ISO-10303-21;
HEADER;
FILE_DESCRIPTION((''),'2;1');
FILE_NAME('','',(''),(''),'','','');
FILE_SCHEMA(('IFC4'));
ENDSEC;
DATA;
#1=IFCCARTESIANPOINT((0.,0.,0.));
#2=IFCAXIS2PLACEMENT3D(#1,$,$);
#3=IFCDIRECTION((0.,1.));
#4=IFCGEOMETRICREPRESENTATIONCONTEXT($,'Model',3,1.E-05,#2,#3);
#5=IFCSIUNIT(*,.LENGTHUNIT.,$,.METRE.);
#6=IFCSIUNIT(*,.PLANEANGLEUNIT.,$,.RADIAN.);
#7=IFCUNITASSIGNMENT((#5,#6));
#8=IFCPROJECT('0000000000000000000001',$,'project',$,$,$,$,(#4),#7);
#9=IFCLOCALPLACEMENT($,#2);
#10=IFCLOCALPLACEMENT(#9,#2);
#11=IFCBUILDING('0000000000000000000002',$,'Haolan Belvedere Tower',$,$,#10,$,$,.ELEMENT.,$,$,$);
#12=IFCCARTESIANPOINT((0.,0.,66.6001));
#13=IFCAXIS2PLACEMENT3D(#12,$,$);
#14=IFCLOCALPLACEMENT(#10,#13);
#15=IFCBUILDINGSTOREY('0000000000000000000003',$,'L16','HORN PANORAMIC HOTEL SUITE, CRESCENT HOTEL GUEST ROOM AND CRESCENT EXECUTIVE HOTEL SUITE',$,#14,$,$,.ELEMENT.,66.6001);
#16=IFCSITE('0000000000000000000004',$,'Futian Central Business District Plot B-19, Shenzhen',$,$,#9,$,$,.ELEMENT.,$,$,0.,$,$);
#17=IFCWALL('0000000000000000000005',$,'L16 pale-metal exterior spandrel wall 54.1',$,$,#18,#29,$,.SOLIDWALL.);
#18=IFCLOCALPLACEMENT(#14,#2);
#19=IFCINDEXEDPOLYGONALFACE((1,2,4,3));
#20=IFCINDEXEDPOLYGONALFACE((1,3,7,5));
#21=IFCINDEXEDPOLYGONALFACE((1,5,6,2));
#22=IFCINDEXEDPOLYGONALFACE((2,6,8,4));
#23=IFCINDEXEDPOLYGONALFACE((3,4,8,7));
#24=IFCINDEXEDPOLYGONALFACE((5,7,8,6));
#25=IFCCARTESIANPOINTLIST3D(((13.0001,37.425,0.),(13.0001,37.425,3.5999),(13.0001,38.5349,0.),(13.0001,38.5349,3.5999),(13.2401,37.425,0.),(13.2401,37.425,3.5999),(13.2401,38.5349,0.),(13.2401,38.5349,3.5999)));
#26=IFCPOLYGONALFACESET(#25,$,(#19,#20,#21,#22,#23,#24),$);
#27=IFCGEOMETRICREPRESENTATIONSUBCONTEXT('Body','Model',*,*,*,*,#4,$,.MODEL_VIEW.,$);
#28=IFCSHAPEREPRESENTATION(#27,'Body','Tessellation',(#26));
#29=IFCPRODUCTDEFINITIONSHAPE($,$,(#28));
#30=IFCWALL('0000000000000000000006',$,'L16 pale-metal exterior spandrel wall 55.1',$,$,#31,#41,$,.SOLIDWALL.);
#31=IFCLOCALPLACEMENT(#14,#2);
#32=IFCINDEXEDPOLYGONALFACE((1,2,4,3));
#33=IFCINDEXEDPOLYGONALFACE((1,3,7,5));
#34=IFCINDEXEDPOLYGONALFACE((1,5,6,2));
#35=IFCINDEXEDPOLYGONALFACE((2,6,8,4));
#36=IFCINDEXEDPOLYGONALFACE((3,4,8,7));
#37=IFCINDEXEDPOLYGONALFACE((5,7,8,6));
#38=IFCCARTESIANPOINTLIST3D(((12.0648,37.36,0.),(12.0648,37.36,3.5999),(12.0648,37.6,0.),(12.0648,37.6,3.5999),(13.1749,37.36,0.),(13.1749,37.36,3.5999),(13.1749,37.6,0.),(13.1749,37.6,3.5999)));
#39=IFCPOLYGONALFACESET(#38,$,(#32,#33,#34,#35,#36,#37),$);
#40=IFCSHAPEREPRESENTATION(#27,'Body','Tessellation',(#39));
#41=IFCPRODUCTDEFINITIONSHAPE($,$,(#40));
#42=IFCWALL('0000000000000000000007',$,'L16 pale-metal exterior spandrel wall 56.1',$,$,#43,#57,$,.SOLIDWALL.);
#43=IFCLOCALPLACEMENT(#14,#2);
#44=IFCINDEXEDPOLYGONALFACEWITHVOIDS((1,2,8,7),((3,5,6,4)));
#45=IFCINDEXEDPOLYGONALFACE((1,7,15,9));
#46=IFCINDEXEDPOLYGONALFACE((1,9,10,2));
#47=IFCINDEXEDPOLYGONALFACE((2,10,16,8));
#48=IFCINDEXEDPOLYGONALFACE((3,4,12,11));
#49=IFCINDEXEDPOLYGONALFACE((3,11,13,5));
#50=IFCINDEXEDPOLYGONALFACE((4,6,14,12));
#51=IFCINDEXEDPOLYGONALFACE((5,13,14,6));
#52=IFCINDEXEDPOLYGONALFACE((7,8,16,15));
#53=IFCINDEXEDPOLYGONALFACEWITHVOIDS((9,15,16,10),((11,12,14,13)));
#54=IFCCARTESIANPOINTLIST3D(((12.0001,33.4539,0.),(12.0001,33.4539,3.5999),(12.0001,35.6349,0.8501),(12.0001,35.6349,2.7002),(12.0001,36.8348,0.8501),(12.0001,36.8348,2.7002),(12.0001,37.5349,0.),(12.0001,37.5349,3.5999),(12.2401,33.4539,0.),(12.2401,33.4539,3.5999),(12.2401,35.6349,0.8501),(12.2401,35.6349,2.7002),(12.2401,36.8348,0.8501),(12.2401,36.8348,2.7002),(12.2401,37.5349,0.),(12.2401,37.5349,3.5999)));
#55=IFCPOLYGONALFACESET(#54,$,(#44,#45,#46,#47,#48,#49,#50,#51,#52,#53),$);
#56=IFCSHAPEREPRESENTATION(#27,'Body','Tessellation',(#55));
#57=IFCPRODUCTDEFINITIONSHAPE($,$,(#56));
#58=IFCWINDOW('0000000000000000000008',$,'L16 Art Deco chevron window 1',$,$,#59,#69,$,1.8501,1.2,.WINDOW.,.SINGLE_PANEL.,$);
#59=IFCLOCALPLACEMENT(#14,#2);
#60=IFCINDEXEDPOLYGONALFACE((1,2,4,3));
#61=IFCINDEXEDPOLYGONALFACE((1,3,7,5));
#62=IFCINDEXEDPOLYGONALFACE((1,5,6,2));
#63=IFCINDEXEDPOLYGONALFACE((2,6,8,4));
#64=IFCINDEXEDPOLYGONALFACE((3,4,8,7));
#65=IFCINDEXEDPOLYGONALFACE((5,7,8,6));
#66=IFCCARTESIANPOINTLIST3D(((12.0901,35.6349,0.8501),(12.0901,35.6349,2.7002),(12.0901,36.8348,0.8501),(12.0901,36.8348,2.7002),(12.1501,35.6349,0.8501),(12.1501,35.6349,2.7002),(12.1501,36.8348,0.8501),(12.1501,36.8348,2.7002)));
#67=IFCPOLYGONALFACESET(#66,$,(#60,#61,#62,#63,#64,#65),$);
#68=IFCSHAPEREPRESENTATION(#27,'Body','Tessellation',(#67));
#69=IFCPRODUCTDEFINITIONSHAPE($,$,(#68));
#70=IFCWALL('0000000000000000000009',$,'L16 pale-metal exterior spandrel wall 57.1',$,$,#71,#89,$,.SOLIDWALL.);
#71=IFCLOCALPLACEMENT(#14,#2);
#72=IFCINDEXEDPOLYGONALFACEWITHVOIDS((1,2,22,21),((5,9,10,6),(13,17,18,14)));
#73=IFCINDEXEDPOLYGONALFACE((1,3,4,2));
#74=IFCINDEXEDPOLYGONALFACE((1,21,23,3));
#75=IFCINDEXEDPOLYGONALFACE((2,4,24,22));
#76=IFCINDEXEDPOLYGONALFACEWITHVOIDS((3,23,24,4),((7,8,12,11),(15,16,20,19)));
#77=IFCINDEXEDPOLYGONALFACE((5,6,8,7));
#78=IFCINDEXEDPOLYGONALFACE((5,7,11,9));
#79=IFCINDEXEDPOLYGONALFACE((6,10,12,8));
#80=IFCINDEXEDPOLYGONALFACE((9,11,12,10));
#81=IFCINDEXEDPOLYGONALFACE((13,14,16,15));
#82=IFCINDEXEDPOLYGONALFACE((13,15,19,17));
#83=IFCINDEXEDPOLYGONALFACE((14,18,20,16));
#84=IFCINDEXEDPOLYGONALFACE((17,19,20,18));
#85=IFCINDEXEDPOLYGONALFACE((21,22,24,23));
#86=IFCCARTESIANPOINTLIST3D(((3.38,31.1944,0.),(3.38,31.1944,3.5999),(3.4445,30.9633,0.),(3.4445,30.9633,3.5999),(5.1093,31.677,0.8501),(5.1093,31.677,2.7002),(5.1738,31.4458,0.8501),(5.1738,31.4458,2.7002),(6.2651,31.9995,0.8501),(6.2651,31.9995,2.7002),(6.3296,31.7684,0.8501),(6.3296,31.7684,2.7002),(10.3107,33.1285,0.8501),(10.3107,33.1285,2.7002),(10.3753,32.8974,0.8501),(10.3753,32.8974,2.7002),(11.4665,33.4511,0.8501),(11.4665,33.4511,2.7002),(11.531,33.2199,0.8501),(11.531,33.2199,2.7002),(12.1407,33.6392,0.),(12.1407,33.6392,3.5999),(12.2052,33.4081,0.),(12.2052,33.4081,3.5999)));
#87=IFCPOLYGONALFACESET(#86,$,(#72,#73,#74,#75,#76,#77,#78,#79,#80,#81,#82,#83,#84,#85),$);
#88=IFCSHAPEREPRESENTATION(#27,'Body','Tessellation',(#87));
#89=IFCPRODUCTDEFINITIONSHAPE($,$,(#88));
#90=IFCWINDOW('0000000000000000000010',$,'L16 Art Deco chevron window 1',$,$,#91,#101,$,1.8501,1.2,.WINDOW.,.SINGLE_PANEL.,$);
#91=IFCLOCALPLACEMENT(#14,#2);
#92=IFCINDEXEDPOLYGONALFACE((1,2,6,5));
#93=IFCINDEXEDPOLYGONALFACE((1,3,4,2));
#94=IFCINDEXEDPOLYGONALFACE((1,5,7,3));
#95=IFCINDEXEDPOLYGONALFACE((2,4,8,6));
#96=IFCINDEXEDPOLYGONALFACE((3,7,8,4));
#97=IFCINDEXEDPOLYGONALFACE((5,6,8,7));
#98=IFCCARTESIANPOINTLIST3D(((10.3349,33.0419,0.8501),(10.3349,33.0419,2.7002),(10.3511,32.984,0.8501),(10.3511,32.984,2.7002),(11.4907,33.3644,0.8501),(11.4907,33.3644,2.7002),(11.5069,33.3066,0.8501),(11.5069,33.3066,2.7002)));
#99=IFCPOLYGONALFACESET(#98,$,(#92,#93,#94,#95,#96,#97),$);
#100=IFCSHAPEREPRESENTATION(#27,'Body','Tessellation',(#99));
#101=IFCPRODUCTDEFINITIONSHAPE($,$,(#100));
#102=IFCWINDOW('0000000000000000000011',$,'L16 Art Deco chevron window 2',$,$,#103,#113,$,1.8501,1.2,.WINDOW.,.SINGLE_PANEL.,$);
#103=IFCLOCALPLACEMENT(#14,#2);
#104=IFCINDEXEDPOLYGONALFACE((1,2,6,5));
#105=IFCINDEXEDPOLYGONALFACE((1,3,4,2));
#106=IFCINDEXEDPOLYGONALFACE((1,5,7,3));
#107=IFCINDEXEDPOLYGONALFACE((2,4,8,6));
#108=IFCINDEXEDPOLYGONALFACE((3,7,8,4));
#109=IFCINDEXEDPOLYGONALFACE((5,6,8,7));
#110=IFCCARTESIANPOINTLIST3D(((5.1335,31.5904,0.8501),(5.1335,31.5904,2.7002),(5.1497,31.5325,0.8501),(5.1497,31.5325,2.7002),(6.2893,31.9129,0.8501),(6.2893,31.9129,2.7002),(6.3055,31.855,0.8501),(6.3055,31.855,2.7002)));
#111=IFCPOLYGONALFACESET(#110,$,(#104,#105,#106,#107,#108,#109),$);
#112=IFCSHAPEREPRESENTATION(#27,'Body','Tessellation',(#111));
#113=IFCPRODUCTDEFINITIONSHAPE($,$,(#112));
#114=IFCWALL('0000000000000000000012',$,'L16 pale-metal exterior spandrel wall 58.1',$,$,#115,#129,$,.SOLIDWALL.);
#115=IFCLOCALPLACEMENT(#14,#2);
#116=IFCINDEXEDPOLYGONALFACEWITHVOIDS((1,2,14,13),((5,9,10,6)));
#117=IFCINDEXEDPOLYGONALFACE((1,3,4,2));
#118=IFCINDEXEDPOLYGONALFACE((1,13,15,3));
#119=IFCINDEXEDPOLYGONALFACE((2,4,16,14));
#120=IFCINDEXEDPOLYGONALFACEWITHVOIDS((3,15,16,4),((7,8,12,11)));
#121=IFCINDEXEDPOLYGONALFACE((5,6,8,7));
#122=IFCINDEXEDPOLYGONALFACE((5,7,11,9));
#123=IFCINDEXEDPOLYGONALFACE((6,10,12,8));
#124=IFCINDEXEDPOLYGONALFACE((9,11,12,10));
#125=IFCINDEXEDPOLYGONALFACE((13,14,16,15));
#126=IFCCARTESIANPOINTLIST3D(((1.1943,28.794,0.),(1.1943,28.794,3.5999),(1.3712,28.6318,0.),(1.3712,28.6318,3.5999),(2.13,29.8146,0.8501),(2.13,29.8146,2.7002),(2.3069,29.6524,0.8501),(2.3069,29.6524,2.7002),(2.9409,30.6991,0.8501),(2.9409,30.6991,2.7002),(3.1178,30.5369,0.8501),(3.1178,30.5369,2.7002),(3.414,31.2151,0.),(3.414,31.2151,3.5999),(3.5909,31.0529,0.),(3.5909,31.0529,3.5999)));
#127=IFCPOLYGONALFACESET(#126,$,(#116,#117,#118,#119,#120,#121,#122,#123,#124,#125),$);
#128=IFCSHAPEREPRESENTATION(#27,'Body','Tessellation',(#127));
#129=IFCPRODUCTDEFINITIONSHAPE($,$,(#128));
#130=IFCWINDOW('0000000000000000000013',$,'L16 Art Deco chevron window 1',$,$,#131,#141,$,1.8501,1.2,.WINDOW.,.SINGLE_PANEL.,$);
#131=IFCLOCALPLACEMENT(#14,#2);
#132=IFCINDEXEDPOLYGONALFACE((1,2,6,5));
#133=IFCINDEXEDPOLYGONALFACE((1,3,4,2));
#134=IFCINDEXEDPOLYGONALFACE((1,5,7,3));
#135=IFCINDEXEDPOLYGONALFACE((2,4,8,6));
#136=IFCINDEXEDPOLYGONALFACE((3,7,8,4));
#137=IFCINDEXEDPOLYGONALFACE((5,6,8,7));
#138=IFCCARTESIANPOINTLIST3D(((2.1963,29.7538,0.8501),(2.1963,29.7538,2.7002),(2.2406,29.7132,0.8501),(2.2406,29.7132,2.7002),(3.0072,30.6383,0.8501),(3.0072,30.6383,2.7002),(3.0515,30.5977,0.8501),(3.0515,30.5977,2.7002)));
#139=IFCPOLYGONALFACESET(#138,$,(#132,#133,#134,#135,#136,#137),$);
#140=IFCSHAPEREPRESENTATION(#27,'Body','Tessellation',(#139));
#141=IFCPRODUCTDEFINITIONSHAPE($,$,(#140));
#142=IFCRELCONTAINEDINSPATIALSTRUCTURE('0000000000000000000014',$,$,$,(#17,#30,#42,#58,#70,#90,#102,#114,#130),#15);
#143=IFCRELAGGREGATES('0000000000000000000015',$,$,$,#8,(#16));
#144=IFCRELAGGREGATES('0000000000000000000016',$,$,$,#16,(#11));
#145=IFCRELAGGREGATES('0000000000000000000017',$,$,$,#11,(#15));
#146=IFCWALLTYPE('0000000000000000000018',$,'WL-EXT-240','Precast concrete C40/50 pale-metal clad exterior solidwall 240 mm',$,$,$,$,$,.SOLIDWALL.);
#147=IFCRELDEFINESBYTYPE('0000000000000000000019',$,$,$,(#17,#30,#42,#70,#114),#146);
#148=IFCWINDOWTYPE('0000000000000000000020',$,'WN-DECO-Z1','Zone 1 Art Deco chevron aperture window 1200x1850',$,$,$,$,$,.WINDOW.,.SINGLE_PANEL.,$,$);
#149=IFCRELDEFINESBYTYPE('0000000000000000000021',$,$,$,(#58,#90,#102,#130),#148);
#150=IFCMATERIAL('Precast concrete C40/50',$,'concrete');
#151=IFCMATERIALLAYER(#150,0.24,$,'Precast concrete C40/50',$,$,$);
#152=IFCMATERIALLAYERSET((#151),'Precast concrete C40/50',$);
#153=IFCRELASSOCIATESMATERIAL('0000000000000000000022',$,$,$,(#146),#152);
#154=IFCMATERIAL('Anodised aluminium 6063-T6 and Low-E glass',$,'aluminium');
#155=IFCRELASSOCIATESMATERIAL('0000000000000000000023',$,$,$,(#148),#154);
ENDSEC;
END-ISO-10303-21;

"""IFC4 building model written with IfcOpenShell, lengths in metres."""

from ifc_helpers import new_model, si_unit, direction, frame, frame_2d, origin, place, context, subcontext, project, spatial, rectangle, extrude, material, layer, layer_set, type_object, element, fill, save


model = new_model("IFC4")

# Units and contexts
model_context = context("Model", 3, precision=1e-05, world=origin(), true_north=direction((0.0, 1.0)))
body_context = subcontext(model_context, "Body", "Model", "MODEL_VIEW")
ifc_project = project(units=[si_unit("LENGTHUNIT", "METRE"), si_unit("PLANEANGLEUNIT", "RADIAN")], contexts=[model_context])

# Site, building, storey
site_placement = place(None, origin())
site = spatial("IfcSite", under=ifc_project, at=site_placement, Name="Futian Central Business District Plot B-19, Shenzhen", CompositionType="ELEMENT", RefElevation=0.0)
building_placement = place(site_placement, origin())
building = spatial("IfcBuilding", under=site, at=building_placement, Name="Haolan Belvedere Tower", CompositionType="ELEMENT")
storey_placement = place(building_placement, frame((0.0, 0.0, 66.6001)))
storey = spatial("IfcBuildingStorey", under=building, at=storey_placement, Name="L16", Description="HORN PANORAMIC HOTEL SUITE, CRESCENT HOTEL GUEST ROOM AND CRESCENT EXECUTIVE HOTEL SUITE", CompositionType="ELEMENT", Elevation=66.6001)

# Walls
ifc_material_1 = material(Name="Precast concrete C40/50", Category="concrete")
ifc_layer_1 = layer(ifc_material_1, 0.24, Name="Precast concrete C40/50")
ifc_layer_set_1 = layer_set([ifc_layer_1], Name="Precast concrete C40/50")
wall_type_1 = type_object("IfcWallType", Name="WL-EXT-240", Description="Precast concrete C40/50 pale-metal clad exterior solidwall 240 mm", PredefinedType="SOLIDWALL", material=ifc_layer_set_1)
wall_1_placement = place(storey_placement, frame((13.1201, 38.5349, 0.0), z_axis=(0.0, 0.0, 1.0), x_axis=(0.0, -1.0, 0.0)))
element("IfcWall", 1, at=wall_1_placement, inside=storey, type_object=wall_type_1, Name="L16 pale-metal exterior spandrel wall 54.1", PredefinedType="SOLIDWALL", context=body_context, shape_type="SweptSolid", body=[
    extrude(rectangle(XDim=1.1099, YDim=0.24, at=frame_2d((0.5549, 0.0))), origin(), (0.0, 0.0, 1.0), 3.5999),
])
wall_2_placement = place(storey_placement, frame((13.175, 37.48, 0.0), z_axis=(0.0, 0.0, 1.0), x_axis=(-1.0, 0.0, 0.0)))
element("IfcWall", 2, at=wall_2_placement, inside=storey, type_object=wall_type_1, Name="L16 pale-metal exterior spandrel wall 55.1", PredefinedType="SOLIDWALL", context=body_context, shape_type="SweptSolid", body=[
    extrude(rectangle(XDim=1.1101, YDim=0.24, at=frame_2d((0.5552, 0.0))), origin(), (0.0, 0.0, 1.0), 3.5999),
])

# Wall, opening, window
wall_3_placement = place(storey_placement, frame((12.1201, 37.5349, 0.0), z_axis=(0.0, 0.0, 1.0), x_axis=(0.0, -1.0, 0.0)))
wall_3 = element("IfcWall", 3, at=wall_3_placement, inside=storey, type_object=wall_type_1, Name="L16 pale-metal exterior spandrel wall 56.1", PredefinedType="SOLIDWALL", context=body_context, shape_type="SweptSolid", body=[
    extrude(rectangle(XDim=4.0811, YDim=0.24, at=frame_2d((2.0405, 0.0))), origin(), (0.0, 0.0, 1.0), 3.5999),
])
opening_1_placement = place(wall_3_placement, frame((0.7, 0.0, 0.8501)))
opening_1 = element("IfcOpeningElement", 4, at=opening_1_placement, cuts=wall_3, PredefinedType="OPENING", context=body_context, shape_type="SweptSolid", body=[
    extrude(rectangle(XDim=1.2, YDim=1.8501, at=frame_2d((0.6001, 0.925))), frame((0.0, 0.1299, 0.0), z_axis=(0.0, -1.0, 0.0), x_axis=(1.0, 0.0, 0.0)), (0.0, 0.0, 1.0), 0.26),
])
ifc_material_2 = material(Name="Anodised aluminium 6063-T6 and Low-E glass", Category="aluminium")
window_type = type_object("IfcWindowType", Name="WN-DECO-Z1", Description="Zone 1 Art Deco chevron aperture window 1200x1850", PartitioningType="SINGLE_PANEL", PredefinedType="WINDOW", material=ifc_material_2)
window_1_placement = place(opening_1_placement, origin())
window_1 = element("IfcWindow", 5, at=window_1_placement, inside=storey, type_object=window_type, Name="L16 Art Deco chevron window 1", OverallHeight=1.8501, OverallWidth=1.2, PartitioningType="SINGLE_PANEL", PredefinedType="WINDOW", context=body_context, shape_type="SweptSolid", body=[
    extrude(rectangle(XDim=1.2, YDim=1.8501, at=frame_2d((0.6001, 0.925))), frame((0.0, 0.03, 0.0), z_axis=(0.0, -1.0, 0.0), x_axis=(1.0, 0.0, 0.0)), (0.0, 0.0, 1.0), 0.0601),
])
fill(opening_1, window_1)

# Wall, openings, windows
wall_4_placement = place(storey_placement, frame((12.1731, 33.5237, 0.0), z_axis=(0.0, 0.0, 1.0), x_axis=(-0.963197, -0.268795, 0.0)))
wall_4 = element("IfcWall", 6, at=wall_4_placement, inside=storey, type_object=wall_type_1, Name="L16 pale-metal exterior spandrel wall 57.1", PredefinedType="SOLIDWALL", context=body_context, shape_type="SweptSolid", body=[
    extrude(rectangle(XDim=9.0955, YDim=0.24, at=frame_2d((4.5479, 0.0))), origin(), (0.0, 0.0, 1.0), 3.5999),
])
opening_2_placement = place(wall_4_placement, frame((0.7, 0.0, 0.8501)))
opening_2 = element("IfcOpeningElement", 7, at=opening_2_placement, cuts=wall_4, PredefinedType="OPENING", context=body_context, shape_type="SweptSolid", body=[
    extrude(rectangle(XDim=1.2, YDim=1.8501, at=frame_2d((0.6001, 0.925))), frame((0.0, 0.1299, 0.0), z_axis=(0.0, -1.0, 0.0), x_axis=(1.0, 0.0, 0.0)), (0.0, 0.0, 1.0), 0.26),
])
opening_3_placement = place(wall_4_placement, frame((6.1001, 0.0, 0.8501)))
opening_3 = element("IfcOpeningElement", 8, at=opening_3_placement, cuts=wall_4, PredefinedType="OPENING", context=body_context, shape_type="SweptSolid", body=[
    extrude(rectangle(XDim=1.2, YDim=1.8501, at=frame_2d((0.6001, 0.925))), frame((0.0, 0.1299, 0.0), z_axis=(0.0, -1.0, 0.0), x_axis=(1.0, 0.0, 0.0)), (0.0, 0.0, 1.0), 0.26),
])
window_2_placement = place(opening_2_placement, origin())
window_2 = element("IfcWindow", 9, at=window_2_placement, inside=storey, type_object=window_type, Name="L16 Art Deco chevron window 1", OverallHeight=1.8501, OverallWidth=1.2, PartitioningType="SINGLE_PANEL", PredefinedType="WINDOW", context=body_context, shape_type="SweptSolid", body=[
    extrude(rectangle(XDim=1.2, YDim=1.8501, at=frame_2d((0.6001, 0.925))), frame((0.0, 0.03, 0.0), z_axis=(0.0, -1.0, 0.0), x_axis=(1.0, 0.0, 0.0)), (0.0, 0.0, 1.0), 0.0601),
])
fill(opening_2, window_2)
window_3_placement = place(opening_3_placement, origin())
window_3 = element("IfcWindow", 10, at=window_3_placement, inside=storey, type_object=window_type, Name="L16 Art Deco chevron window 2", OverallHeight=1.8501, OverallWidth=1.2, PartitioningType="SINGLE_PANEL", PredefinedType="WINDOW", context=body_context, shape_type="SweptSolid", body=[
    extrude(rectangle(XDim=1.2, YDim=1.8501, at=frame_2d((0.6001, 0.925))), frame((0.0, 0.03, 0.0), z_axis=(0.0, -1.0, 0.0), x_axis=(1.0, 0.0, 0.0)), (0.0, 0.0, 1.0), 0.0601),
])
fill(opening_3, window_3)

# Wall, opening, window
wall_5_placement = place(storey_placement, frame((3.5024, 31.134, 0.0), z_axis=(0.0, 0.0, 1.0), x_axis=(-0.675782, -0.737102, 0.0)))
wall_5 = element("IfcWall", 11, at=wall_5_placement, inside=storey, type_object=wall_type_1, Name="L16 pale-metal exterior spandrel wall 58.1", PredefinedType="SOLIDWALL", context=body_context, shape_type="SweptSolid", body=[
    extrude(rectangle(XDim=3.2847, YDim=0.24, at=frame_2d((1.6423, 0.0))), origin(), (0.0, 0.0, 1.0), 3.5999),
])
opening_4_placement = place(wall_5_placement, frame((0.7, 0.0, 0.8501)))
opening_4 = element("IfcOpeningElement", 12, at=opening_4_placement, cuts=wall_5, PredefinedType="OPENING", context=body_context, shape_type="SweptSolid", body=[
    extrude(rectangle(XDim=1.2, YDim=1.8501, at=frame_2d((0.6001, 0.925))), frame((0.0, 0.1299, 0.0), z_axis=(0.0, -1.0, 0.0), x_axis=(1.0, 0.0, 0.0)), (0.0, 0.0, 1.0), 0.26),
])
window_4_placement = place(opening_4_placement, origin())
window_4 = element("IfcWindow", 13, at=window_4_placement, inside=storey, type_object=window_type, Name="L16 Art Deco chevron window 1", OverallHeight=1.8501, OverallWidth=1.2, PartitioningType="SINGLE_PANEL", PredefinedType="WINDOW", context=body_context, shape_type="SweptSolid", body=[
    extrude(rectangle(XDim=1.2, YDim=1.8501, at=frame_2d((0.6001, 0.925))), frame((0.0, 0.03, 0.0), z_axis=(0.0, -1.0, 0.0), x_axis=(1.0, 0.0, 0.0)), (0.0, 0.0, 1.0), 0.0601),
])
fill(opening_4, window_4)

save(model, "model.ifc")
